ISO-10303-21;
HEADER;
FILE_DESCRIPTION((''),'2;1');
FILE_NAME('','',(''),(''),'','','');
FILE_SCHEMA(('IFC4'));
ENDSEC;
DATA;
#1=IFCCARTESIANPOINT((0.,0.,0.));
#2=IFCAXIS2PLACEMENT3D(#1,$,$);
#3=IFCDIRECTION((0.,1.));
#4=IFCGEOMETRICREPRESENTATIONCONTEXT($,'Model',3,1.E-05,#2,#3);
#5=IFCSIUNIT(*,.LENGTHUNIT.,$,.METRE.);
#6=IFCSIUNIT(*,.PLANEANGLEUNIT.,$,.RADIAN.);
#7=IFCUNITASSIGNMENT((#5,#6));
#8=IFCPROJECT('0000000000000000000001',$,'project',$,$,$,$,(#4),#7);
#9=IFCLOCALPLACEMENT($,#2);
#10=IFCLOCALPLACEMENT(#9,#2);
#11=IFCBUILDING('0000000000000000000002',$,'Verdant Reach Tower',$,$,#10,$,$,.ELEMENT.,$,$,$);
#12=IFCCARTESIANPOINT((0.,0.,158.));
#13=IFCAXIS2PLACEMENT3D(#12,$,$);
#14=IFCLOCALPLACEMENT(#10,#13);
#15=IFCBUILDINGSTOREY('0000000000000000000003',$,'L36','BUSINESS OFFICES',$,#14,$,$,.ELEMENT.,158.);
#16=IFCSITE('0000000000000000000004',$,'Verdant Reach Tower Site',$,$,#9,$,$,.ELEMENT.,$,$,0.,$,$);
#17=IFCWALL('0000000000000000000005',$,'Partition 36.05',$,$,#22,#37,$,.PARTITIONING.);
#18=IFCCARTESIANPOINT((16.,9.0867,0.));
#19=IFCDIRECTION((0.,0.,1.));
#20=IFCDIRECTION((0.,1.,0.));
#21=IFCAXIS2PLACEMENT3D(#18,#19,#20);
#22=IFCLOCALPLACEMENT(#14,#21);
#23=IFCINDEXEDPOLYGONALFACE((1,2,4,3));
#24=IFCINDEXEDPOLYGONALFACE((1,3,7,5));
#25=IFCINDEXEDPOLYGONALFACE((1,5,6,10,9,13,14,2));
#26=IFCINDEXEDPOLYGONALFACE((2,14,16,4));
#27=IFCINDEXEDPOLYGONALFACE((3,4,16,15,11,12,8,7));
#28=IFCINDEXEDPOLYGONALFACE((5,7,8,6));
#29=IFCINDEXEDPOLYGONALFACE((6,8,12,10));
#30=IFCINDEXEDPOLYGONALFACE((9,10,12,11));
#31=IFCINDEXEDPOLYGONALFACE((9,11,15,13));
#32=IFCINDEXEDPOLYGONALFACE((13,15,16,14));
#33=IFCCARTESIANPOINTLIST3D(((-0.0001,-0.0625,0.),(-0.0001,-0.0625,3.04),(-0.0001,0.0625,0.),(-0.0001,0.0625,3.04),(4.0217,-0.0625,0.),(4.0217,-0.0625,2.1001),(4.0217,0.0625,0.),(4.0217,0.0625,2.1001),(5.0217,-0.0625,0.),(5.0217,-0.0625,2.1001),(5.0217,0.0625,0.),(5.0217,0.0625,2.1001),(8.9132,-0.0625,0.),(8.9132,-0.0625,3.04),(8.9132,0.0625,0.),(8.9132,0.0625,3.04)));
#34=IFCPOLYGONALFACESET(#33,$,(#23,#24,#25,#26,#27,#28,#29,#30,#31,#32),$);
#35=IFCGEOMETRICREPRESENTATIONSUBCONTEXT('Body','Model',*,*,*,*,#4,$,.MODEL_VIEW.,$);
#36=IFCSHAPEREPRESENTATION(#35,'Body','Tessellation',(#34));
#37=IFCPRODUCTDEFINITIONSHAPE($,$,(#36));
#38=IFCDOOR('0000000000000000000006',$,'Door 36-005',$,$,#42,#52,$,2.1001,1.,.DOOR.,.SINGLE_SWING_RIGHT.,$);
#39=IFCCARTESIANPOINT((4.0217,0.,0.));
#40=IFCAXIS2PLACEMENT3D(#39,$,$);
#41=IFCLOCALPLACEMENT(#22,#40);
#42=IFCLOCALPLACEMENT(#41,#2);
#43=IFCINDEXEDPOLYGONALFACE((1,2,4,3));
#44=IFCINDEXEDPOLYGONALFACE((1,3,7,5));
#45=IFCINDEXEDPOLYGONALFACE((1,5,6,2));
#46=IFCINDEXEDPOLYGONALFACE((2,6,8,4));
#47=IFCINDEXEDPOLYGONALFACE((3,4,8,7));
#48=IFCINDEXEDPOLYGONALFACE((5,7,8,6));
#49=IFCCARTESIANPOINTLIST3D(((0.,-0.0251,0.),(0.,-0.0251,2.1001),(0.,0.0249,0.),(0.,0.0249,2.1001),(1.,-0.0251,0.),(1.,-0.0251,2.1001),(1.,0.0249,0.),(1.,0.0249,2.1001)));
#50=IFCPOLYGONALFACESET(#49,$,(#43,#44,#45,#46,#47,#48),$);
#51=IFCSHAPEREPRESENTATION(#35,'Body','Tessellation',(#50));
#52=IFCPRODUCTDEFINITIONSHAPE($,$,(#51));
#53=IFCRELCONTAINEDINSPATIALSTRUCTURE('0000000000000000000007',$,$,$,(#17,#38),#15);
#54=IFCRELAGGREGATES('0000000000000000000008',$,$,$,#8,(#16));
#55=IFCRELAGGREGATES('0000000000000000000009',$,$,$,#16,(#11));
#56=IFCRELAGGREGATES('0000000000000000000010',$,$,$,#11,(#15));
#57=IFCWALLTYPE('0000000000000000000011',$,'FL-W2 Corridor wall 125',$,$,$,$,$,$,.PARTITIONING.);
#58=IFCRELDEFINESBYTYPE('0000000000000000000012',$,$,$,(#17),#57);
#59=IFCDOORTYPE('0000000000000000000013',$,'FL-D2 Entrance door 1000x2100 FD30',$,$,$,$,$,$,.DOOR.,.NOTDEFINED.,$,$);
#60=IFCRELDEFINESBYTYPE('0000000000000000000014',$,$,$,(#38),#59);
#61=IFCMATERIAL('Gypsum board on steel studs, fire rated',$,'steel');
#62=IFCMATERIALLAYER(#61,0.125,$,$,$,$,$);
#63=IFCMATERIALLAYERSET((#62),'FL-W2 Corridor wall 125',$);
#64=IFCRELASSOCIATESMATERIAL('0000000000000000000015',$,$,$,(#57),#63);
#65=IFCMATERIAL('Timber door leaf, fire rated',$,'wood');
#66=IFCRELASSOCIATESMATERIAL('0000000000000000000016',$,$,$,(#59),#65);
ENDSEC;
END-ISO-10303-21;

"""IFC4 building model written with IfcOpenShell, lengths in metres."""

from ifc_helpers import new_model, si_unit, direction, frame, frame_2d, origin, place, context, subcontext, project, spatial, rectangle, extrude, material, layer, layer_set, type_object, element, fill, save


model = new_model("IFC4")

# Units and contexts
model_context = context("Model", 3, precision=1e-05, world=origin(), true_north=direction((0.0, 1.0)))
body_context = subcontext(model_context, "Body", "Model", "MODEL_VIEW")
ifc_project = project(units=[si_unit("LENGTHUNIT", "METRE"), si_unit("PLANEANGLEUNIT", "RADIAN")], contexts=[model_context])

# Site, building, storey
site_placement = place(None, origin())
site = spatial("IfcSite", under=ifc_project, at=site_placement, Name="Verdant Reach Tower Site", CompositionType="ELEMENT", RefElevation=0.0)
building_placement = place(site_placement, origin())
building = spatial("IfcBuilding", under=site, at=building_placement, Name="Verdant Reach Tower", CompositionType="ELEMENT")
storey_placement = place(building_placement, frame((0.0, 0.0, 158.0)))
storey = spatial("IfcBuildingStorey", under=building, at=storey_placement, Name="L36", Description="BUSINESS OFFICES", CompositionType="ELEMENT", Elevation=158.0)

# Wall, opening, door
ifc_material_1 = material(Name="Gypsum board on steel studs, fire rated", Category="steel")
ifc_layer_1 = layer(ifc_material_1, 0.125)
ifc_layer_set_1 = layer_set([ifc_layer_1], Name="FL-W2 Corridor wall 125")
wall_type_1 = type_object("IfcWallType", Name="FL-W2 Corridor wall 125", PredefinedType="PARTITIONING", material=ifc_layer_set_1)
wall_1_placement = place(storey_placement, frame((16.0, 9.0867, 0.0), z_axis=(0.0, 0.0, 1.0), x_axis=(0.0, 1.0, 0.0)))
wall_1 = element("IfcWall", 1, at=wall_1_placement, inside=storey, type_object=wall_type_1, Name="Partition 36.05", PredefinedType="PARTITIONING", context=body_context, shape_type="SweptSolid", body=[
    extrude(rectangle(XDim=8.9133, YDim=0.125, at=frame_2d((4.4565, 0.0))), origin(), (0.0, 0.0, 1.0), 3.04),
])
opening_1_placement = place(wall_1_placement, frame((4.0217, 0.0, 0.0)))
opening_1 = element("IfcOpeningElement", 2, at=opening_1_placement, cuts=wall_1, PredefinedType="OPENING", context=body_context, shape_type="SweptSolid", body=[
    extrude(rectangle(XDim=1.0, YDim=2.1001, at=frame_2d((0.5, 1.05))), frame((0.0, 0.0725, 0.0), z_axis=(0.0, -1.0, 0.0), x_axis=(1.0, 0.0, 0.0)), (0.0, 0.0, 1.0), 0.145),
])
ifc_material_2 = material(Name="Timber door leaf, fire rated", Category="wood")
door_type = type_object("IfcDoorType", Name="FL-D2 Entrance door 1000x2100 FD30", OperationType="NOTDEFINED", PredefinedType="DOOR", material=ifc_material_2)
door_1_placement = place(opening_1_placement, origin())
door_1 = element("IfcDoor", 3, at=door_1_placement, inside=storey, type_object=door_type, Name="Door 36-005", OperationType="SINGLE_SWING_RIGHT", OverallHeight=2.1001, OverallWidth=1.0, PredefinedType="DOOR", context=body_context, shape_type="SweptSolid", body=[
    extrude(rectangle(XDim=1.0, YDim=2.1001, at=frame_2d((0.5, 1.05))), frame((0.0, 0.0249, 0.0), z_axis=(0.0, -1.0, 0.0), x_axis=(1.0, 0.0, 0.0)), (0.0, 0.0, 1.0), 0.05),
])
fill(opening_1, door_1)

save(model, "model.ifc")
